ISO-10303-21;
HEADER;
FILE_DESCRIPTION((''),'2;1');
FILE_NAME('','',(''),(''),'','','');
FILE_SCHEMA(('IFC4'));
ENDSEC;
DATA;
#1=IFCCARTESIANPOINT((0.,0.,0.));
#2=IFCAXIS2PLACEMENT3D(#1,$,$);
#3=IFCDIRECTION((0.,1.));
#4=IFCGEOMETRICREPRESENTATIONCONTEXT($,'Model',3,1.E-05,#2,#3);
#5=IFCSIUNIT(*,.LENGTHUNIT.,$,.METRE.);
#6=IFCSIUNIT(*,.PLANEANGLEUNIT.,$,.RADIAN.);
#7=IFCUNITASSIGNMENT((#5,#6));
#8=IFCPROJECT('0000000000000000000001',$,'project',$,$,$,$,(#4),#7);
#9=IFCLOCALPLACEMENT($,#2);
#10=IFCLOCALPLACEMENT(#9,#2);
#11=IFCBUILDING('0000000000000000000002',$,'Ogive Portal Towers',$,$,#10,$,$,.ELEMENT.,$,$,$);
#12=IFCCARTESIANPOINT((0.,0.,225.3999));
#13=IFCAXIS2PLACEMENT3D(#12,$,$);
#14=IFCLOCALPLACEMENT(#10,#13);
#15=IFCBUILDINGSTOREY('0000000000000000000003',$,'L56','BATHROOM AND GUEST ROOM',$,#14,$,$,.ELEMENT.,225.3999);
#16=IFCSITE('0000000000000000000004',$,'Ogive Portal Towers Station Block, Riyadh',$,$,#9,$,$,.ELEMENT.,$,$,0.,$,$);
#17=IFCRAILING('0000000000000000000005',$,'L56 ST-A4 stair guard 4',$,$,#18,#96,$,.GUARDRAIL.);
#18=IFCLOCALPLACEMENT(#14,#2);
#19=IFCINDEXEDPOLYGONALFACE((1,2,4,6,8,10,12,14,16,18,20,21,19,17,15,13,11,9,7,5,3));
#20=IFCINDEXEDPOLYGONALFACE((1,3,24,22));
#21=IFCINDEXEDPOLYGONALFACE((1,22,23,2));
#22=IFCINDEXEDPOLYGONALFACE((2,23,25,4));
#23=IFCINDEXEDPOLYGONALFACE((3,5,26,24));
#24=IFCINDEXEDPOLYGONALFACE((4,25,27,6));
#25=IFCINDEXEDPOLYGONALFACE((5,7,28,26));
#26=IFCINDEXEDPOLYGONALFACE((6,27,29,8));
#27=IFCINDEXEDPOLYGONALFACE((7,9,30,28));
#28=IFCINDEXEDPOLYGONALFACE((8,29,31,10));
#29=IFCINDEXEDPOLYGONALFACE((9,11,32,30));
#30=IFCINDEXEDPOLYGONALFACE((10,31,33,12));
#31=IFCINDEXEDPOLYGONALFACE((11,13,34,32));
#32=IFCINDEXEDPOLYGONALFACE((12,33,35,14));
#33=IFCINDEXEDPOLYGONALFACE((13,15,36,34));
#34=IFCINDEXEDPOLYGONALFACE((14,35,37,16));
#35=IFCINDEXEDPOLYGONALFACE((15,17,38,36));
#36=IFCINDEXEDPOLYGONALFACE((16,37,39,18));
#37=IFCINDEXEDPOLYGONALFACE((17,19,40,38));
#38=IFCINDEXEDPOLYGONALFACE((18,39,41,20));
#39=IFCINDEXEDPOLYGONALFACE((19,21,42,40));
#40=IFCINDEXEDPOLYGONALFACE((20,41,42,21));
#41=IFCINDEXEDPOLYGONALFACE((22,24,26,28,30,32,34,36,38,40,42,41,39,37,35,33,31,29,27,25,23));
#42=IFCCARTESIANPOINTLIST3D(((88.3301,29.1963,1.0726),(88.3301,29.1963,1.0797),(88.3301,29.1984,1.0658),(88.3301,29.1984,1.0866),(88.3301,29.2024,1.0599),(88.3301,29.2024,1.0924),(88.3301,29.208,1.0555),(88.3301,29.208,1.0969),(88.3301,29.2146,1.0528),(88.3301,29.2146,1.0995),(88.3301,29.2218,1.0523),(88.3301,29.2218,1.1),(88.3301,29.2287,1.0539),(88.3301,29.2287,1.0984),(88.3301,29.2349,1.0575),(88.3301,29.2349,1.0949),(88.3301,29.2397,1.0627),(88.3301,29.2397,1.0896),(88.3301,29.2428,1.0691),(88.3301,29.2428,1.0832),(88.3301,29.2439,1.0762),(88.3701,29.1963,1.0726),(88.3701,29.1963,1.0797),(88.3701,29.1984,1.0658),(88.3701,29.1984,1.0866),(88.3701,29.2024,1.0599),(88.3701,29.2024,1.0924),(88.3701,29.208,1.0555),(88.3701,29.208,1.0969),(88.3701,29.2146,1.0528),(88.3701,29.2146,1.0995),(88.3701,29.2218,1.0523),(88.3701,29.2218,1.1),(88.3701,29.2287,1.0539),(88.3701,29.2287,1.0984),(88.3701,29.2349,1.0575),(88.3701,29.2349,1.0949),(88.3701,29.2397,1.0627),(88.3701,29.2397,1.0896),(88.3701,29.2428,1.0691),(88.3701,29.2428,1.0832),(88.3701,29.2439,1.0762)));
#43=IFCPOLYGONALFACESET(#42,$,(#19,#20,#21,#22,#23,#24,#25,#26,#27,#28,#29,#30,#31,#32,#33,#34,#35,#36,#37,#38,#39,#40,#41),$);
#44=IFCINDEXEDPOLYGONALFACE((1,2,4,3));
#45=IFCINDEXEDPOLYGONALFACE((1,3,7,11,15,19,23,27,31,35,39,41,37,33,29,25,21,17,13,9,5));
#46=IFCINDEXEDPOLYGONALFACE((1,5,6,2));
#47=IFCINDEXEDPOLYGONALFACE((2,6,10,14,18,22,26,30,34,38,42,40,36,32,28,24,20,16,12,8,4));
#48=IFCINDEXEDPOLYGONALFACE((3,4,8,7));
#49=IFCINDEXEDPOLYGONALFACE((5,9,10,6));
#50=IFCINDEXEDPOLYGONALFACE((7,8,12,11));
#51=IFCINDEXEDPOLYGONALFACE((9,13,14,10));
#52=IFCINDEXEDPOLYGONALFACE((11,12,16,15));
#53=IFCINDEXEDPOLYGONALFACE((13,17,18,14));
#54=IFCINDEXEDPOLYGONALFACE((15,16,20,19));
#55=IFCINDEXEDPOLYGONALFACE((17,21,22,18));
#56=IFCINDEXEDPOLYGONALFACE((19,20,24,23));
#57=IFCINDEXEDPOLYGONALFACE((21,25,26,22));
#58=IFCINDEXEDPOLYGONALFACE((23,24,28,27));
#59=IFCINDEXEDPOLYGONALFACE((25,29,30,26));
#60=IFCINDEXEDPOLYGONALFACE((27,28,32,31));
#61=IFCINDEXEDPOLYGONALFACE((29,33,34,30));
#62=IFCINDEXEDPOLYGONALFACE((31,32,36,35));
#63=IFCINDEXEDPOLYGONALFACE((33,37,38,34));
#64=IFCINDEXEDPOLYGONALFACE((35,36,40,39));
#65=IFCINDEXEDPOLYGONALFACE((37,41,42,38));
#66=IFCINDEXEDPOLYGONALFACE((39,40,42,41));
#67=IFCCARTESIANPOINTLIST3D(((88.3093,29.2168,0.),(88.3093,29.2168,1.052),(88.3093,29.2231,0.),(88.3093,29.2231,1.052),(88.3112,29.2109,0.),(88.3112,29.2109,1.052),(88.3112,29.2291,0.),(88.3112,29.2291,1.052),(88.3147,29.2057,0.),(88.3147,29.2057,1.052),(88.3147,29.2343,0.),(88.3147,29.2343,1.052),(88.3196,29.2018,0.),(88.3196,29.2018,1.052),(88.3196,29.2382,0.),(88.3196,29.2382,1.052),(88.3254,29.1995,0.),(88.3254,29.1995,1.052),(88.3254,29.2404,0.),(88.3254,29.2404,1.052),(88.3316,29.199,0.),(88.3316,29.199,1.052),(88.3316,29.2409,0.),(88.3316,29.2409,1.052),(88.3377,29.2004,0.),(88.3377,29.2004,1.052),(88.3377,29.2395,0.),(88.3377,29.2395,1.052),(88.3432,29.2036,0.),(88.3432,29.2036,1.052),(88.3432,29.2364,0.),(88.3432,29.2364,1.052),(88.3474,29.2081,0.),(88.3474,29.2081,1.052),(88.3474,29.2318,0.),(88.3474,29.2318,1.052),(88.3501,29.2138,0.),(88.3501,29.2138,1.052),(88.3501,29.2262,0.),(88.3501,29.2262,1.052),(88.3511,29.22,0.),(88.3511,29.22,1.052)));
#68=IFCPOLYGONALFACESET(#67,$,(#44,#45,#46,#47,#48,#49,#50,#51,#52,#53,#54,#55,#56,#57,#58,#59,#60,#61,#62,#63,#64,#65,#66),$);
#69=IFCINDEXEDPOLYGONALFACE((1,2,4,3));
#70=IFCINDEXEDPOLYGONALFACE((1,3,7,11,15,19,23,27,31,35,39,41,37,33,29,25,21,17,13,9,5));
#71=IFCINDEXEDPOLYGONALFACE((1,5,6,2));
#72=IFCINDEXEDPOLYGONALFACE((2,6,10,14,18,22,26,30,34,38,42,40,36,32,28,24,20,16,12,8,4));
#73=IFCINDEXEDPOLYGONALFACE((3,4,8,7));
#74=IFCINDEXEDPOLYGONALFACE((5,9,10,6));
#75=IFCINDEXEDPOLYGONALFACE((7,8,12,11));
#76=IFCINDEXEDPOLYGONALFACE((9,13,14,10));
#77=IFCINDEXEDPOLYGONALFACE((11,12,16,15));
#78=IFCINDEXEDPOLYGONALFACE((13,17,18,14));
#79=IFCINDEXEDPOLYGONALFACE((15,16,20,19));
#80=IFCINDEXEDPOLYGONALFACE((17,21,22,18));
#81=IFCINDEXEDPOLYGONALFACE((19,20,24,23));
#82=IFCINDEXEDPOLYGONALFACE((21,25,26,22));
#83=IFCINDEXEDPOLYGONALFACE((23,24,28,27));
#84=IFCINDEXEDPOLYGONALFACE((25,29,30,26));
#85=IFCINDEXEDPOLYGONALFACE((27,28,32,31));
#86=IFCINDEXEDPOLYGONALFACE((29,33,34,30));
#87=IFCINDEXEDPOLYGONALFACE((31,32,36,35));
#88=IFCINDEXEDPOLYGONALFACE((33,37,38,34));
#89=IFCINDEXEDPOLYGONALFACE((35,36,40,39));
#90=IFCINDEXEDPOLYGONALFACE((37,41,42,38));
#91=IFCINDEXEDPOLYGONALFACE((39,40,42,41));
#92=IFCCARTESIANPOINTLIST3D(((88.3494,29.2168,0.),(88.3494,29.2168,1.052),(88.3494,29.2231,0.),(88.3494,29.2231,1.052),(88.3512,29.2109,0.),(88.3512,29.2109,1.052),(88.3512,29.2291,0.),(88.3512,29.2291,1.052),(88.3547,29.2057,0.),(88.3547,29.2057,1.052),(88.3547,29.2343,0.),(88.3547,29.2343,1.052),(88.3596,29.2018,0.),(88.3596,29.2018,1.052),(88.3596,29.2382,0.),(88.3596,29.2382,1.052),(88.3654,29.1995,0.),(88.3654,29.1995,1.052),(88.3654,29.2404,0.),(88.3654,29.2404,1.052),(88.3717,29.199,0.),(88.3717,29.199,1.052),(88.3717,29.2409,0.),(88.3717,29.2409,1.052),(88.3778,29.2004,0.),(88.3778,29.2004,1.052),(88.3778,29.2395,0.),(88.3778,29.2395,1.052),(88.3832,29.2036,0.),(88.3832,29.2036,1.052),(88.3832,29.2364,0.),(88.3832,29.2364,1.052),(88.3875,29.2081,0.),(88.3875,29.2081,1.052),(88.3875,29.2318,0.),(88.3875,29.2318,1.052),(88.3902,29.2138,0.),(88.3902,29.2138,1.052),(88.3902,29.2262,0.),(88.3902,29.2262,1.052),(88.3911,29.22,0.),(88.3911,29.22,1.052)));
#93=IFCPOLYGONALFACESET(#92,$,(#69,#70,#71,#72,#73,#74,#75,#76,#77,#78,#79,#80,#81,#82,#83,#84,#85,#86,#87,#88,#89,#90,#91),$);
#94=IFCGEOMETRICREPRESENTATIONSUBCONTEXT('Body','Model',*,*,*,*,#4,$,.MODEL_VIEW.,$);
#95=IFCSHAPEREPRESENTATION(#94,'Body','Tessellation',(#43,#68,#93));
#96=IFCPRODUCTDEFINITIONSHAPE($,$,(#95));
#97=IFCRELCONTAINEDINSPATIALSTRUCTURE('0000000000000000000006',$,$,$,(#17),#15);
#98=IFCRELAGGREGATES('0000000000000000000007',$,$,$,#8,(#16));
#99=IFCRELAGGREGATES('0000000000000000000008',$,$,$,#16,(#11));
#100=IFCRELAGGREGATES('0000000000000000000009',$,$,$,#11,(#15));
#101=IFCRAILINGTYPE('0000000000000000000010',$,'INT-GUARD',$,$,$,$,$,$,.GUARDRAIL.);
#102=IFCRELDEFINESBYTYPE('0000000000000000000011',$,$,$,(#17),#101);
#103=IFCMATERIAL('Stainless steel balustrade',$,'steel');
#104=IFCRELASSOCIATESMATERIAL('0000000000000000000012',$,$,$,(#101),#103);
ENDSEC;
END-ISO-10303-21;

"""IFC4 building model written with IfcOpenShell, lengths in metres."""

from ifc_helpers import new_model, si_unit, direction, frame, origin, origin_2d, place, context, subcontext, project, spatial, circle, extrude, material, type_object, element, save


model = new_model("IFC4")

# Units and contexts
model_context = context("Model", 3, precision=1e-05, world=origin(), true_north=direction((0.0, 1.0)))
body_context = subcontext(model_context, "Body", "Model", "MODEL_VIEW")
ifc_project = project(units=[si_unit("LENGTHUNIT", "METRE"), si_unit("PLANEANGLEUNIT", "RADIAN")], contexts=[model_context])

# Site, building, storey
site_placement = place(None, origin())
site = spatial("IfcSite", under=ifc_project, at=site_placement, Name="Ogive Portal Towers Station Block, Riyadh", CompositionType="ELEMENT", RefElevation=0.0)
building_placement = place(site_placement, origin())
building = spatial("IfcBuilding", under=site, at=building_placement, Name="Ogive Portal Towers", CompositionType="ELEMENT")
storey_placement = place(building_placement, frame((0.0, 0.0, 225.3999)))
storey = spatial("IfcBuildingStorey", under=building, at=storey_placement, Name="L56", Description="BATHROOM AND GUEST ROOM", CompositionType="ELEMENT", Elevation=225.3999)

# Railing
ifc_material_1 = material(Name="Stainless steel balustrade", Category="steel")
railing_type_1 = type_object("IfcRailingType", Name="INT-GUARD", PredefinedType="GUARDRAIL", material=ifc_material_1)
railing_1_placement = place(storey_placement, frame((88.3301, 29.22, 0.0)))
element("IfcRailing", 1, at=railing_1_placement, inside=storey, type_object=railing_type_1, Name="L56 ST-A4 stair guard 4", PredefinedType="GUARDRAIL", context=body_context, shape_type="SweptSolid", body=[
    extrude(circle(Radius=0.0239, at=origin_2d()), frame((0.0, 0.0, 1.0762), z_axis=(1.0, 0.0, 0.0), x_axis=(0.0, 1.0, 0.0)), (0.0, 0.0, 1.0), 0.04),
    extrude(circle(Radius=0.021, at=origin_2d()), origin(), (0.0, 0.0, 1.0), 1.052),
    extrude(circle(Radius=0.021, at=origin_2d()), frame((0.04, 0.0, 0.0)), (0.0, 0.0, 1.0), 1.052),
])

save(model, "model.ifc")
